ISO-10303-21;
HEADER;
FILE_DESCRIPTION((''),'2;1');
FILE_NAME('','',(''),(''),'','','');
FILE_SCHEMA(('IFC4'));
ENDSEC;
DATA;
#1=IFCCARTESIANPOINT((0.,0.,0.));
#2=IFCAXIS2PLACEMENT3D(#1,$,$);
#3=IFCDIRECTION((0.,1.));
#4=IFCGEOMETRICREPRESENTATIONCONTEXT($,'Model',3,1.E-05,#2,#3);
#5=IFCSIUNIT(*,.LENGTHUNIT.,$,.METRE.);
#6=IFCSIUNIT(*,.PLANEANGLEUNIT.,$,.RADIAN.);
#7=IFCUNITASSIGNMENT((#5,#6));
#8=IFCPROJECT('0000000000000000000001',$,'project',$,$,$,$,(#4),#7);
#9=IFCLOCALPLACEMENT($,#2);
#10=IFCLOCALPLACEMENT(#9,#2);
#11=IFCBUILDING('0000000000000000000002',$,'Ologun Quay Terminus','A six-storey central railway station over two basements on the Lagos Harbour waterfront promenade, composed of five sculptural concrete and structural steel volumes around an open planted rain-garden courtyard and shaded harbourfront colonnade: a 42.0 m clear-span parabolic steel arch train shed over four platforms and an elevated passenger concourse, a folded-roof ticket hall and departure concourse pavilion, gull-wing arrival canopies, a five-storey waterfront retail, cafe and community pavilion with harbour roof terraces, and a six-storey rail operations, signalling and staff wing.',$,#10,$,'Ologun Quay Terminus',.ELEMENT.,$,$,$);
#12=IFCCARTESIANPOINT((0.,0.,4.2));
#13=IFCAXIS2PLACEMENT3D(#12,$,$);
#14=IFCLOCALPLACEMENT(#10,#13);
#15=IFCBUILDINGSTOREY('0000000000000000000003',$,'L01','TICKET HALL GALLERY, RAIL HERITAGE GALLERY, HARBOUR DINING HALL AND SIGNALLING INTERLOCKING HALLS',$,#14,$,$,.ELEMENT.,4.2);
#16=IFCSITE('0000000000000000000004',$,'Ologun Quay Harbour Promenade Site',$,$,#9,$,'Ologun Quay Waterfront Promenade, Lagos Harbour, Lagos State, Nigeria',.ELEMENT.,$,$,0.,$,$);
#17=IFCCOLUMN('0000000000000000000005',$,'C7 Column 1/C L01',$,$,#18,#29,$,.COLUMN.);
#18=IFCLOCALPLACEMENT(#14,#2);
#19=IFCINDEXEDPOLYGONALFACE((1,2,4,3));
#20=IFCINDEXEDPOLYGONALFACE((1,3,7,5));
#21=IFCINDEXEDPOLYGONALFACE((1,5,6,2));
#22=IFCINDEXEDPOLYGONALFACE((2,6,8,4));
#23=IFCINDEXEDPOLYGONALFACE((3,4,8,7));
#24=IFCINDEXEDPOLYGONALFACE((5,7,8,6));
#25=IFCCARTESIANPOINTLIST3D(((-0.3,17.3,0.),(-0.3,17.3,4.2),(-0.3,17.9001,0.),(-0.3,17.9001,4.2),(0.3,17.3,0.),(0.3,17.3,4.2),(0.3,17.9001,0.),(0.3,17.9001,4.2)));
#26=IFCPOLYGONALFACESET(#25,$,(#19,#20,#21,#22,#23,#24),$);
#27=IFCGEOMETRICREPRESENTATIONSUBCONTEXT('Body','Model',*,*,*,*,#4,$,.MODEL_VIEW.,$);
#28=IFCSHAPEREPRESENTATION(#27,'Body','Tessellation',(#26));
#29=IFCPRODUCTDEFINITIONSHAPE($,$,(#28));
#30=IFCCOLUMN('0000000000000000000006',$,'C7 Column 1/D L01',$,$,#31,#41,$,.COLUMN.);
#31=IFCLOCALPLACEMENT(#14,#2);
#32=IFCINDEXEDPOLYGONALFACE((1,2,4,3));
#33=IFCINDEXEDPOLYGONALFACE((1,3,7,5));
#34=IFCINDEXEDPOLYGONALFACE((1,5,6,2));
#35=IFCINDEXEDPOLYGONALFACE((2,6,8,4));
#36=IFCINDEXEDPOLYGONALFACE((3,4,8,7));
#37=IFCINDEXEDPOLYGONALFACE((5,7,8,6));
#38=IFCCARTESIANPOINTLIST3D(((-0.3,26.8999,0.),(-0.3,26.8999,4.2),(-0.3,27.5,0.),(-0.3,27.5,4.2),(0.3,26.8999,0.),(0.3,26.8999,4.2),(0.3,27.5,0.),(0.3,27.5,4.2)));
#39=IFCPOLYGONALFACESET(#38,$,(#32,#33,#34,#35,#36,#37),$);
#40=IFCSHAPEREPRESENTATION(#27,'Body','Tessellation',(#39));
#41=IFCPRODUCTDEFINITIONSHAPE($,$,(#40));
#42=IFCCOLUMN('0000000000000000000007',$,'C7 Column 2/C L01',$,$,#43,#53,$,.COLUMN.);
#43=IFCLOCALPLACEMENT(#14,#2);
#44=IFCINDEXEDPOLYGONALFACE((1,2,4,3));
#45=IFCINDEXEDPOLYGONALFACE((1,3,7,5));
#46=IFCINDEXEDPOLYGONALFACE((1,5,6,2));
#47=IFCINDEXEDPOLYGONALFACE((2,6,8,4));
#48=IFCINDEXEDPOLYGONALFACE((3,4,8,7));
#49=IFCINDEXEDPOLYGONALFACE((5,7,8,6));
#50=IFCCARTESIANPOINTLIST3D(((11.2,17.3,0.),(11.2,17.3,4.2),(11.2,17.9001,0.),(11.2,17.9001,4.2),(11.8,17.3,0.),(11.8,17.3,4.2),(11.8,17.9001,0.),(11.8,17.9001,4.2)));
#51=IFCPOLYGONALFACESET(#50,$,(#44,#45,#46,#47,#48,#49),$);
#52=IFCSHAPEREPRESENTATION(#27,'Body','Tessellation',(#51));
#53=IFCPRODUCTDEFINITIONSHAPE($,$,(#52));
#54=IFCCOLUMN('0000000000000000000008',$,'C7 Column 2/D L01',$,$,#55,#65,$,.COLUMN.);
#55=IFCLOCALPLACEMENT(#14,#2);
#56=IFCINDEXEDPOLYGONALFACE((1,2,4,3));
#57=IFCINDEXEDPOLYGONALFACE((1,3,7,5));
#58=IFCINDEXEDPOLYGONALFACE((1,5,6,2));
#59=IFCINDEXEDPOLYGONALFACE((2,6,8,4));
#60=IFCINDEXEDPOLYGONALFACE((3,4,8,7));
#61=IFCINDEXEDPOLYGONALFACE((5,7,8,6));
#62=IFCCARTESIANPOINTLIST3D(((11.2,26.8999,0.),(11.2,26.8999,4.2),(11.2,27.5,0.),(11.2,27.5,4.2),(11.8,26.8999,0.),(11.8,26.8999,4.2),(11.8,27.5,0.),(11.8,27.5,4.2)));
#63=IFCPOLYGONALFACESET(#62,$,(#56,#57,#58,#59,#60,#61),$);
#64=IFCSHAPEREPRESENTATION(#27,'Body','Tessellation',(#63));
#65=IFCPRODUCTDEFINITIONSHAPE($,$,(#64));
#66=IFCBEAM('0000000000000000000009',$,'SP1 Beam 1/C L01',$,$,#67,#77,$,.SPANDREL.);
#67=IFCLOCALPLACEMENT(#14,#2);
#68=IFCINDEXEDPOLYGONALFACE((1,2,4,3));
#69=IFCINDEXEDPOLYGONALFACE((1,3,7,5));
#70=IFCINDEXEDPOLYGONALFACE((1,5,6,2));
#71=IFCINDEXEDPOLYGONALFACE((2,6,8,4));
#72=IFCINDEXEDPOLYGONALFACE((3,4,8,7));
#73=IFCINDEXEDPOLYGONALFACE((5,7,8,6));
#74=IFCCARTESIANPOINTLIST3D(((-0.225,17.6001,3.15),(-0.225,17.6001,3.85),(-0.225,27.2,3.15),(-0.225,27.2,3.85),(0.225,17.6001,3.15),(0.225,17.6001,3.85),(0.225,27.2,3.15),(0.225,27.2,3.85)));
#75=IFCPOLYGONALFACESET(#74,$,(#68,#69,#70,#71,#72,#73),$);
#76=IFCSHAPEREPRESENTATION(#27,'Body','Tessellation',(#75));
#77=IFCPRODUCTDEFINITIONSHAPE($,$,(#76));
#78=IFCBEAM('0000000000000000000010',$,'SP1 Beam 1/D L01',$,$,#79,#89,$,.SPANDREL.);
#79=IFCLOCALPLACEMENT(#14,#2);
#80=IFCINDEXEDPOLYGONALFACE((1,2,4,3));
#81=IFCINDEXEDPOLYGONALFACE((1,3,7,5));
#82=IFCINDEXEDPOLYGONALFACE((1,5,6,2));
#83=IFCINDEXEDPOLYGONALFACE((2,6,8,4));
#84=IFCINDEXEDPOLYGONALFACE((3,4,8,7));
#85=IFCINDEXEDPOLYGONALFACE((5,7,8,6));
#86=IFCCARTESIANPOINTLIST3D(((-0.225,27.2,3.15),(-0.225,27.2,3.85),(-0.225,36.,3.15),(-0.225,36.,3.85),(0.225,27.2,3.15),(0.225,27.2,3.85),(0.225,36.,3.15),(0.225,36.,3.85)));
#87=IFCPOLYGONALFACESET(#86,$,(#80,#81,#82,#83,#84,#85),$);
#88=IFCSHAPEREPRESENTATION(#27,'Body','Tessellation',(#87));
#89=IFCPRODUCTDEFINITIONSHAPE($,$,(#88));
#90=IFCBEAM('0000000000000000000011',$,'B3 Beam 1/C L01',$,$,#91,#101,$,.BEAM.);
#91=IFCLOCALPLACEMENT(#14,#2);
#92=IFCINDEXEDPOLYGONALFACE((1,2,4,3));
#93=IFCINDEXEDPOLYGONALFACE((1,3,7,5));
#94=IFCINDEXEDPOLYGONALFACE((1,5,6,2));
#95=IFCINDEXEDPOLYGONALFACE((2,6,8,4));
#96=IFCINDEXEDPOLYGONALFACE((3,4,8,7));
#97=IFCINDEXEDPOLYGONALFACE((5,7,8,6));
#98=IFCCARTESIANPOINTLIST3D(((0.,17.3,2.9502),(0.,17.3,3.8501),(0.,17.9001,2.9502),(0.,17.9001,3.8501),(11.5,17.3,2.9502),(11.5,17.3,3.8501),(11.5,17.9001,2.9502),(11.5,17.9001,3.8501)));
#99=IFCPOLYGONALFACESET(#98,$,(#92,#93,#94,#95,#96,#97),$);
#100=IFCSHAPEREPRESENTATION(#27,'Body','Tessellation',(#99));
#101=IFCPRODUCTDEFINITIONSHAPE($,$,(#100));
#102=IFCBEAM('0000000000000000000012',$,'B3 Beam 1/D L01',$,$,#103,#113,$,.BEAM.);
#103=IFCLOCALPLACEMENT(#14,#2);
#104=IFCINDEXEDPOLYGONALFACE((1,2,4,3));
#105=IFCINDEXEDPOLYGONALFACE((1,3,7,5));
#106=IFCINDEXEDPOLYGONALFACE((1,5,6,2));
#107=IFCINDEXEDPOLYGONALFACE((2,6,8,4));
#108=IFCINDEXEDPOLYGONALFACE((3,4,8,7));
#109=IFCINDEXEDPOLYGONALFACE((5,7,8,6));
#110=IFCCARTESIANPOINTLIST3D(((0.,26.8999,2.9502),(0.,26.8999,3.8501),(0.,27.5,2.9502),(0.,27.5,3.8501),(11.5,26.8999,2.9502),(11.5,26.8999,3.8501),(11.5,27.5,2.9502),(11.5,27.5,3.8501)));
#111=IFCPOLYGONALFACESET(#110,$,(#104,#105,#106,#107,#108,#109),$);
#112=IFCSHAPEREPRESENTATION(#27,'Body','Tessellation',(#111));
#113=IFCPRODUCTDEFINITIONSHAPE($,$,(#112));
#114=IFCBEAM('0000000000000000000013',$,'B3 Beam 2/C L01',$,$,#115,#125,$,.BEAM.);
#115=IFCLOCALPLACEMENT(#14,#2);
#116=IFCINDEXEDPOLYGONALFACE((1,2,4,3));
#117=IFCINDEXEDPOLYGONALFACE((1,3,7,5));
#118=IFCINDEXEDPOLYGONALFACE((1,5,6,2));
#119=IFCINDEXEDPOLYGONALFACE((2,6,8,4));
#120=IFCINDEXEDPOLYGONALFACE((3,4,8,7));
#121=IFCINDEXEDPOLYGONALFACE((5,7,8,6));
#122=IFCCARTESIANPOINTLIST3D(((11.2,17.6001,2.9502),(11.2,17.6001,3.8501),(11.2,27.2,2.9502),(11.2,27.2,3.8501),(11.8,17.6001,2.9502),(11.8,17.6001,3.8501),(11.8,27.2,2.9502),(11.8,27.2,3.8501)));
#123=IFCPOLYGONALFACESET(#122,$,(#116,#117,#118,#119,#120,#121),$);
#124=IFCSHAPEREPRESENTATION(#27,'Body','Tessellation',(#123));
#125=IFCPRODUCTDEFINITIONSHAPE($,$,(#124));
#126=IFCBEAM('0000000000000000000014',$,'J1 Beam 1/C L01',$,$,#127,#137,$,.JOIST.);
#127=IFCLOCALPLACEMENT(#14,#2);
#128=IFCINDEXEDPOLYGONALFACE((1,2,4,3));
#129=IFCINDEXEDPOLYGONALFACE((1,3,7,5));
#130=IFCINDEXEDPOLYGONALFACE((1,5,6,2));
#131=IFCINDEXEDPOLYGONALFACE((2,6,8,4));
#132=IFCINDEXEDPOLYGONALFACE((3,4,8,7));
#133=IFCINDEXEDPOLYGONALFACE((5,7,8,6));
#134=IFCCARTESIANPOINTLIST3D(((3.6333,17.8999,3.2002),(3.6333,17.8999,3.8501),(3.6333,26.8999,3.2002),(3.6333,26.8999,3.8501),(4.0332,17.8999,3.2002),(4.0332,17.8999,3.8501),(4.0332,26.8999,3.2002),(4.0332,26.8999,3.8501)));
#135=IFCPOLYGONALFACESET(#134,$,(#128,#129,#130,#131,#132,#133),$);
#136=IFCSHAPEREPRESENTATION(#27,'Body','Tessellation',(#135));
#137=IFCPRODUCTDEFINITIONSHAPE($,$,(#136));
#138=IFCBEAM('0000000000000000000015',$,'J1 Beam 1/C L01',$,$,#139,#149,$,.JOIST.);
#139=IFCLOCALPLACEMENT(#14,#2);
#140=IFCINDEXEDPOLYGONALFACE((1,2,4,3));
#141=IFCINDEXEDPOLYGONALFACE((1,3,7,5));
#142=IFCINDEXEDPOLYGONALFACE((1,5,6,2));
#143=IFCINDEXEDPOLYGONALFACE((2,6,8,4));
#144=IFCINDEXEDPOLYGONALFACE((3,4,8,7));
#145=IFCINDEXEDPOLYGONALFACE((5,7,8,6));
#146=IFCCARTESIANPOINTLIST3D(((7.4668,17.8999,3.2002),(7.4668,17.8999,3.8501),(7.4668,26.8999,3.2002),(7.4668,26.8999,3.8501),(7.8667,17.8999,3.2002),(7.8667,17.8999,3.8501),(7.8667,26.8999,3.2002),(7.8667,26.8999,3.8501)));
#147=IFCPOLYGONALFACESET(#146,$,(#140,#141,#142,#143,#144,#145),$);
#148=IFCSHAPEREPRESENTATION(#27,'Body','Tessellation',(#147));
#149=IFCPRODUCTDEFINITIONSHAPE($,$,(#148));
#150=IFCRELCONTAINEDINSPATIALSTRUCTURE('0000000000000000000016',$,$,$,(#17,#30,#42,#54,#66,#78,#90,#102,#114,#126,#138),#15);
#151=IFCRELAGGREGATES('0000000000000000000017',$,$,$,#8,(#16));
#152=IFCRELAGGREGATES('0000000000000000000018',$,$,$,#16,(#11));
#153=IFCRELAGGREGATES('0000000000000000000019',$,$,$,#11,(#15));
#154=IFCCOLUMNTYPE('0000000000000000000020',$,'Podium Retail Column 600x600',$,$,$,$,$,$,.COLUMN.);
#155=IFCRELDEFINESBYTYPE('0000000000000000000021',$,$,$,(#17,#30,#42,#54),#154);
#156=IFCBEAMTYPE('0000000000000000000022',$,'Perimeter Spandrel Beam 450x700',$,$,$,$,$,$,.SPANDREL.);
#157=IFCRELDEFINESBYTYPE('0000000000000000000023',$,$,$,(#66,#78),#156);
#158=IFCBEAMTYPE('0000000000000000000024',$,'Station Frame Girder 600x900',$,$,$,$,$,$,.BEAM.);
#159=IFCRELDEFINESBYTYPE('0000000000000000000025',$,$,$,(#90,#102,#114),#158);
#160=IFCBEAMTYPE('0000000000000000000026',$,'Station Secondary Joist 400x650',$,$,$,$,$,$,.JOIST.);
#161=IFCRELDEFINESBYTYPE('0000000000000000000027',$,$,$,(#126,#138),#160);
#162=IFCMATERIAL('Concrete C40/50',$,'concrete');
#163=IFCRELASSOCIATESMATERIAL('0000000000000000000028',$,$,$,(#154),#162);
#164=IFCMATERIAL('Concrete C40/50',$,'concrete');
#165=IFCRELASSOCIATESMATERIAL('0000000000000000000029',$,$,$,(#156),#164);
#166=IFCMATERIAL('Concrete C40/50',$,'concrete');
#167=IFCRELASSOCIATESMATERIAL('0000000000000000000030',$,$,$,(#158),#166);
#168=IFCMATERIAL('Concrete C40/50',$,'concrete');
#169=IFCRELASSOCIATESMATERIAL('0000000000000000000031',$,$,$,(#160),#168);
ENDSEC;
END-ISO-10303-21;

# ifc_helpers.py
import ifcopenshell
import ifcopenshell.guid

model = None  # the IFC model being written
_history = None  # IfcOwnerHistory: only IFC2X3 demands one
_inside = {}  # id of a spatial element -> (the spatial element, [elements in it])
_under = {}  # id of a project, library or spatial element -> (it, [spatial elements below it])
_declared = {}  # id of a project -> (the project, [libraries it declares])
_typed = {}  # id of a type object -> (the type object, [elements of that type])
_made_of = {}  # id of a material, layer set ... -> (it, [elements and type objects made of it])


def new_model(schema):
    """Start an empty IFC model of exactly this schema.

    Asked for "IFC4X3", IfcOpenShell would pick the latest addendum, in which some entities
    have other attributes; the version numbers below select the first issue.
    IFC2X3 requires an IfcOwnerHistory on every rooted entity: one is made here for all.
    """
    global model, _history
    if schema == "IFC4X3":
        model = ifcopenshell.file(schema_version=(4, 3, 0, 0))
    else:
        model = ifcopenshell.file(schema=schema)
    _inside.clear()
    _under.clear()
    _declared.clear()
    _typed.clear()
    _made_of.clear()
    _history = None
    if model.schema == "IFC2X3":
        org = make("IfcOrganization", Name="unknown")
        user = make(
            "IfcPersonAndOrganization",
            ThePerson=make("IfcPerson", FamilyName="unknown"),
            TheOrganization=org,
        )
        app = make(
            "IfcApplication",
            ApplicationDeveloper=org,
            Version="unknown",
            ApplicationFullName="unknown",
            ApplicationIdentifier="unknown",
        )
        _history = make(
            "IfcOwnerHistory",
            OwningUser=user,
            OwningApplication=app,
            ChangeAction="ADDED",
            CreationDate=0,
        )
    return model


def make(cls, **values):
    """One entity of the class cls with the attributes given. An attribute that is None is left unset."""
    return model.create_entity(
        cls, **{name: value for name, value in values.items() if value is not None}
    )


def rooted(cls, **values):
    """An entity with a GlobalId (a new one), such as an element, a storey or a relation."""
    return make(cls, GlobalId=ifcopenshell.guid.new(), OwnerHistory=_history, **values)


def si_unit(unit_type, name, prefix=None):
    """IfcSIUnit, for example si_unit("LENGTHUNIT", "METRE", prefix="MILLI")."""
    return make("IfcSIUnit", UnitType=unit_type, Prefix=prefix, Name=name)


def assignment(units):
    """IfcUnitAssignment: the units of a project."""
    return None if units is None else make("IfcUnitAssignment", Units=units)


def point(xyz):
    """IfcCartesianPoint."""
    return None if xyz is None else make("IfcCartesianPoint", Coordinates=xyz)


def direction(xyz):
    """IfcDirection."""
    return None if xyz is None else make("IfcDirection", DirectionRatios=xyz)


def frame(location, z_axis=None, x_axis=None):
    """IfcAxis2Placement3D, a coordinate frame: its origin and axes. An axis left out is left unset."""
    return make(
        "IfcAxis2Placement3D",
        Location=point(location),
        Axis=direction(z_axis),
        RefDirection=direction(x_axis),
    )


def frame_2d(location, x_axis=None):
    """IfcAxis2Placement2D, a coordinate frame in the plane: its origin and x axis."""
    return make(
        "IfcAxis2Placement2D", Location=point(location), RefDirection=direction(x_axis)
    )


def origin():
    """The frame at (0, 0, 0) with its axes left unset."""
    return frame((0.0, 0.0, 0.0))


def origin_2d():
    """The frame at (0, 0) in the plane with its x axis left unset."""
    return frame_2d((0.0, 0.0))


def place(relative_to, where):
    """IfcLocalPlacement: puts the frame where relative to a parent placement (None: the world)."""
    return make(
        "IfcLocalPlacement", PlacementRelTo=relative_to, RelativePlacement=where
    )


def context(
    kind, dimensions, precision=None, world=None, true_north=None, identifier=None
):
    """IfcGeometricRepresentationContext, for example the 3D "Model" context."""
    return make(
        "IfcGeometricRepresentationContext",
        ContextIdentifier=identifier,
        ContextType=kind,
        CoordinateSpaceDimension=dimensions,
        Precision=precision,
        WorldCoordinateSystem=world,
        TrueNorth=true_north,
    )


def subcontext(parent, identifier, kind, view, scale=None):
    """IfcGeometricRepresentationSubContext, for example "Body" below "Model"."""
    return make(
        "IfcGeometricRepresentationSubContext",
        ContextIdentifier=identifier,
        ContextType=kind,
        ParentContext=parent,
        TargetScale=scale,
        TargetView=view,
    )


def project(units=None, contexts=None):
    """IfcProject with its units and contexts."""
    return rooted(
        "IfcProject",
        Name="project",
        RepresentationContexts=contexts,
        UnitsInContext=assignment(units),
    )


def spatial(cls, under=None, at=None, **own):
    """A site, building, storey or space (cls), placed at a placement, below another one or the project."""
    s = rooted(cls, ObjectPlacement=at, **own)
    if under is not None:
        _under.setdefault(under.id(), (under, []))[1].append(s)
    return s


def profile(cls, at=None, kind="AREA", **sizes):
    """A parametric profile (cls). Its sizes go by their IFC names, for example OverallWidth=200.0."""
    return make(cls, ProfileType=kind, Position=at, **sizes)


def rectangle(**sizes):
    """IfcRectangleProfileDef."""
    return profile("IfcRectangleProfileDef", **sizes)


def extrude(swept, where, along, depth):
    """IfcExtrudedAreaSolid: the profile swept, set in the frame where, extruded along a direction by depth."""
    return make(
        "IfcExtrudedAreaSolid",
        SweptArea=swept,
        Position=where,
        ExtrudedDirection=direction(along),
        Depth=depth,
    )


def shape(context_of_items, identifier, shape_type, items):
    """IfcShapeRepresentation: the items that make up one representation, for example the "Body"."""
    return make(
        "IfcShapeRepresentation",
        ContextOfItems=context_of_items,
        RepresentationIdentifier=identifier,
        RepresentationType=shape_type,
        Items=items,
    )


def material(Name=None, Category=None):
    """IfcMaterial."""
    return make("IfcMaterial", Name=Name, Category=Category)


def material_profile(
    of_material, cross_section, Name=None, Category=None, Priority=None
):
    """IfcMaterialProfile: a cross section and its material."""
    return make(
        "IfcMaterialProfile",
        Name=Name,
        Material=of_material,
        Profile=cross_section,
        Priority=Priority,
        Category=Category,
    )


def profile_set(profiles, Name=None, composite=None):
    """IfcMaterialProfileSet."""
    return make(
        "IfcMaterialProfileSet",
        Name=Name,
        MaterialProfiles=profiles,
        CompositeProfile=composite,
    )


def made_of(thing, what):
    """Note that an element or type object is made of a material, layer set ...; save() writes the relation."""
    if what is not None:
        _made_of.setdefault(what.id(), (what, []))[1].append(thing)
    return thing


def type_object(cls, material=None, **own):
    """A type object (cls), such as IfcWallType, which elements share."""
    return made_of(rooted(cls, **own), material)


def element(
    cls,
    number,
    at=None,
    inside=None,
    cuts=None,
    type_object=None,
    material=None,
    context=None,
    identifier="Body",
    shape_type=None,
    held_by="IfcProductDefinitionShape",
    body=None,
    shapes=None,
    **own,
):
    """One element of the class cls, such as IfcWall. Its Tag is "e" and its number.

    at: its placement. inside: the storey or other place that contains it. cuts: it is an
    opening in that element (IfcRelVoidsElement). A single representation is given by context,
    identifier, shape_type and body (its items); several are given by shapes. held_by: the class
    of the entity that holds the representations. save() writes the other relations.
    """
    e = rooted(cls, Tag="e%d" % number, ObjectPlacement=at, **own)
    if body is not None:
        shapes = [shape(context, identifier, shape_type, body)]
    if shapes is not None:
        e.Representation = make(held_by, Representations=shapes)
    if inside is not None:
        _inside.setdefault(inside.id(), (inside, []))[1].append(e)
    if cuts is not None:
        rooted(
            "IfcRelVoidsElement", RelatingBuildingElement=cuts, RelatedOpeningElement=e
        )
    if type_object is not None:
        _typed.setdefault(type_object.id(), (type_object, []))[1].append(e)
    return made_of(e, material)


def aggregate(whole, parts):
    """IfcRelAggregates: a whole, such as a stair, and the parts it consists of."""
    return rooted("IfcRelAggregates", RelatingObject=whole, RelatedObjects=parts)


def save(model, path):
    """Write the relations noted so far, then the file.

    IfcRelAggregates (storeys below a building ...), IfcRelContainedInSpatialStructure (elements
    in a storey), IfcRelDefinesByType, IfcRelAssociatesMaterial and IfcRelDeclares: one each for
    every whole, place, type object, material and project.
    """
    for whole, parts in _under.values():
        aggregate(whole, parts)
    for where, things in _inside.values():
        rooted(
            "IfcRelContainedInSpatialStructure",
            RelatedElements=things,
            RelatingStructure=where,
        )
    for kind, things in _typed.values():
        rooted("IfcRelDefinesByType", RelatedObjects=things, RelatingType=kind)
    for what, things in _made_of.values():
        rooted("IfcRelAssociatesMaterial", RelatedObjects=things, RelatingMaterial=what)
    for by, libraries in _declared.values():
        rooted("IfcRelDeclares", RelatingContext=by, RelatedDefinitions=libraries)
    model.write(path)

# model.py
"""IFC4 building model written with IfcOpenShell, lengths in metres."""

from ifc_helpers import new_model, si_unit, direction, frame, origin, origin_2d, place, context, subcontext, project, spatial, rectangle, extrude, material, material_profile, profile_set, type_object, element, save


model = new_model("IFC4")

# Units and contexts
model_context = context("Model", 3, precision=1e-05, world=origin(), true_north=direction((0.0, 1.0)))
body_context = subcontext(model_context, "Body", "Model", "MODEL_VIEW")
ifc_project = project(units=[si_unit("LENGTHUNIT", "METRE"), si_unit("PLANEANGLEUNIT", "RADIAN")], contexts=[model_context])

# Site, building, storey
site_placement = place(None, origin())
site = spatial("IfcSite", under=ifc_project, at=site_placement, Name="Ologun Quay Harbour Promenade Site", LongName="Ologun Quay Waterfront Promenade, Lagos Harbour, Lagos State, Nigeria", CompositionType="ELEMENT", RefElevation=0.0)
building_placement = place(site_placement, origin())
building = spatial("IfcBuilding", under=site, at=building_placement, Name="Ologun Quay Terminus", Description="A six-storey central railway station over two basements on the Lagos Harbour waterfront promenade, composed of five sculptural concrete and structural steel volumes around an open planted rain-garden courtyard and shaded harbourfront colonnade: a 42.0 m clear-span parabolic steel arch train shed over four platforms and an elevated passenger concourse, a folded-roof ticket hall and departure concourse pavilion, gull-wing arrival canopies, a five-storey waterfront retail, cafe and community pavilion with harbour roof terraces, and a six-storey rail operations, signalling and staff wing.", LongName="Ologun Quay Terminus", CompositionType="ELEMENT")
storey_placement = place(building_placement, frame((0.0, 0.0, 4.2)))
storey = spatial("IfcBuildingStorey", under=building, at=storey_placement, Name="L01", Description="TICKET HALL GALLERY, RAIL HERITAGE GALLERY, HARBOUR DINING HALL AND SIGNALLING INTERLOCKING HALLS", CompositionType="ELEMENT", Elevation=4.2)

# Columns
ifc_material_1 = material(Name="Concrete C40/50", Category="concrete")
ifc_material_profile_1 = material_profile(ifc_material_1, rectangle(XDim=0.6001, YDim=0.6001, at=origin_2d()), Name="RC 600x600")
ifc_profile_set_1 = profile_set([ifc_material_profile_1], Name="Concrete C40/50")
column_type = type_object("IfcColumnType", Name="Podium Retail Column 600x600", PredefinedType="COLUMN", material=ifc_profile_set_1)
for number, where, z_axis, x_axis, name in (
    (1, (0.0, 17.6001, 0.0), (0.0, 0.0, 1.0), (1.0, 0.0, 0.0), "C7 Column 1/C L01"),
    (2, (0.0, 27.2, 0.0), (0.0, 0.0, 1.0), (1.0, 0.0, 0.0), "C7 Column 1/D L01"),
    (3, (11.5, 17.6001, 0.0), (0.0, 0.0, 1.0), (1.0, 0.0, 0.0), "C7 Column 2/C L01"),
    (4, (11.5, 27.2, 0.0), (0.0, 0.0, 1.0), (1.0, 0.0, 0.0), "C7 Column 2/D L01"),
):
    element("IfcColumn", number, at=place(storey_placement, frame(where, z_axis=z_axis, x_axis=x_axis)), inside=storey, type_object=column_type, Name=name, PredefinedType="COLUMN", context=body_context, shape_type="SweptSolid", body=[
        extrude(rectangle(XDim=0.6001, YDim=0.6001, at=origin_2d()), origin(), (0.0, 0.0, 1.0), 4.2),
    ])

# Beams
ifc_material_2 = material(Name="Concrete C40/50", Category="concrete")
ifc_material_profile_2 = material_profile(ifc_material_2, rectangle(XDim=0.45, YDim=0.7, at=origin_2d()), Name="RC 450x700")
ifc_profile_set_2 = profile_set([ifc_material_profile_2], Name="Concrete C40/50")
beam_type_1 = type_object("IfcBeamType", Name="Perimeter Spandrel Beam 450x700", PredefinedType="SPANDREL", material=ifc_profile_set_2)
beam_1_placement = place(storey_placement, frame((0.0, 17.6001, 3.5), z_axis=(0.0, 1.0, 0.0), x_axis=(-1.0, 0.0, 0.0)))
element("IfcBeam", 5, at=beam_1_placement, inside=storey, type_object=beam_type_1, Name="SP1 Beam 1/C L01", PredefinedType="SPANDREL", context=body_context, shape_type="SweptSolid", body=[
    extrude(rectangle(XDim=0.45, YDim=0.7, at=origin_2d()), origin(), (0.0, 0.0, 1.0), 9.5999),
])
beam_2_placement = place(storey_placement, frame((0.0, 27.2, 3.5), z_axis=(0.0, 1.0, 0.0), x_axis=(-1.0, 0.0, 0.0)))
element("IfcBeam", 6, at=beam_2_placement, inside=storey, type_object=beam_type_1, Name="SP1 Beam 1/D L01", PredefinedType="SPANDREL", context=body_context, shape_type="SweptSolid", body=[
    extrude(rectangle(XDim=0.45, YDim=0.7, at=origin_2d()), origin(), (0.0, 0.0, 1.0), 8.8),
])
ifc_material_3 = material(Name="Concrete C40/50", Category="concrete")
ifc_material_profile_3 = material_profile(ifc_material_3, rectangle(XDim=0.6001, YDim=0.8999, at=origin_2d()), Name="RC 600x900")
ifc_profile_set_3 = profile_set([ifc_material_profile_3], Name="Concrete C40/50")
beam_type_2 = type_object("IfcBeamType", Name="Station Frame Girder 600x900", PredefinedType="BEAM", material=ifc_profile_set_3)
for number, where, z_axis, x_axis, name in (
    (7, (0.0, 17.6001, 3.4001), (1.0, 0.0, 0.0), (0.0, 1.0, 0.0), "B3 Beam 1/C L01"),
    (8, (0.0, 27.2, 3.4001), (1.0, 0.0, 0.0), (0.0, 1.0, 0.0), "B3 Beam 1/D L01"),
):
    element("IfcBeam", number, at=place(storey_placement, frame(where, z_axis=z_axis, x_axis=x_axis)), inside=storey, type_object=beam_type_2, Name=name, PredefinedType="BEAM", context=body_context, shape_type="SweptSolid", body=[
        extrude(rectangle(XDim=0.6001, YDim=0.8999, at=origin_2d()), origin(), (0.0, 0.0, 1.0), 11.5),
    ])
beam_3_placement = place(storey_placement, frame((11.5, 17.6001, 3.4001), z_axis=(0.0, 1.0, 0.0), x_axis=(-1.0, 0.0, 0.0)))
element("IfcBeam", 9, at=beam_3_placement, inside=storey, type_object=beam_type_2, Name="B3 Beam 2/C L01", PredefinedType="BEAM", context=body_context, shape_type="SweptSolid", body=[
    extrude(rectangle(XDim=0.6001, YDim=0.8999, at=origin_2d()), origin(), (0.0, 0.0, 1.0), 9.5999),
])
ifc_material_4 = material(Name="Concrete C40/50", Category="concrete")
ifc_material_profile_4 = material_profile(ifc_material_4, rectangle(XDim=0.3999, YDim=0.6499, at=origin_2d()), Name="RC 400x650")
ifc_profile_set_4 = profile_set([ifc_material_profile_4], Name="Concrete C40/50")
beam_type_3 = type_object("IfcBeamType", Name="Station Secondary Joist 400x650", PredefinedType="JOIST", material=ifc_profile_set_4)
for number, where, z_axis, x_axis, name in (
    (10, (3.8333, 17.8999, 3.5251), (0.0, 1.0, 0.0), (-1.0, 0.0, 0.0), "J1 Beam 1/C L01"),
    (11, (7.6667, 17.8999, 3.5251), (0.0, 1.0, 0.0), (-1.0, 0.0, 0.0), "J1 Beam 1/C L01"),
):
    element("IfcBeam", number, at=place(storey_placement, frame(where, z_axis=z_axis, x_axis=x_axis)), inside=storey, type_object=beam_type_3, Name=name, PredefinedType="JOIST", context=body_context, shape_type="SweptSolid", body=[
        extrude(rectangle(XDim=0.3999, YDim=0.6499, at=origin_2d()), origin(), (0.0, 0.0, 1.0), 9.0),
    ])

save(model, "model.ifc")
